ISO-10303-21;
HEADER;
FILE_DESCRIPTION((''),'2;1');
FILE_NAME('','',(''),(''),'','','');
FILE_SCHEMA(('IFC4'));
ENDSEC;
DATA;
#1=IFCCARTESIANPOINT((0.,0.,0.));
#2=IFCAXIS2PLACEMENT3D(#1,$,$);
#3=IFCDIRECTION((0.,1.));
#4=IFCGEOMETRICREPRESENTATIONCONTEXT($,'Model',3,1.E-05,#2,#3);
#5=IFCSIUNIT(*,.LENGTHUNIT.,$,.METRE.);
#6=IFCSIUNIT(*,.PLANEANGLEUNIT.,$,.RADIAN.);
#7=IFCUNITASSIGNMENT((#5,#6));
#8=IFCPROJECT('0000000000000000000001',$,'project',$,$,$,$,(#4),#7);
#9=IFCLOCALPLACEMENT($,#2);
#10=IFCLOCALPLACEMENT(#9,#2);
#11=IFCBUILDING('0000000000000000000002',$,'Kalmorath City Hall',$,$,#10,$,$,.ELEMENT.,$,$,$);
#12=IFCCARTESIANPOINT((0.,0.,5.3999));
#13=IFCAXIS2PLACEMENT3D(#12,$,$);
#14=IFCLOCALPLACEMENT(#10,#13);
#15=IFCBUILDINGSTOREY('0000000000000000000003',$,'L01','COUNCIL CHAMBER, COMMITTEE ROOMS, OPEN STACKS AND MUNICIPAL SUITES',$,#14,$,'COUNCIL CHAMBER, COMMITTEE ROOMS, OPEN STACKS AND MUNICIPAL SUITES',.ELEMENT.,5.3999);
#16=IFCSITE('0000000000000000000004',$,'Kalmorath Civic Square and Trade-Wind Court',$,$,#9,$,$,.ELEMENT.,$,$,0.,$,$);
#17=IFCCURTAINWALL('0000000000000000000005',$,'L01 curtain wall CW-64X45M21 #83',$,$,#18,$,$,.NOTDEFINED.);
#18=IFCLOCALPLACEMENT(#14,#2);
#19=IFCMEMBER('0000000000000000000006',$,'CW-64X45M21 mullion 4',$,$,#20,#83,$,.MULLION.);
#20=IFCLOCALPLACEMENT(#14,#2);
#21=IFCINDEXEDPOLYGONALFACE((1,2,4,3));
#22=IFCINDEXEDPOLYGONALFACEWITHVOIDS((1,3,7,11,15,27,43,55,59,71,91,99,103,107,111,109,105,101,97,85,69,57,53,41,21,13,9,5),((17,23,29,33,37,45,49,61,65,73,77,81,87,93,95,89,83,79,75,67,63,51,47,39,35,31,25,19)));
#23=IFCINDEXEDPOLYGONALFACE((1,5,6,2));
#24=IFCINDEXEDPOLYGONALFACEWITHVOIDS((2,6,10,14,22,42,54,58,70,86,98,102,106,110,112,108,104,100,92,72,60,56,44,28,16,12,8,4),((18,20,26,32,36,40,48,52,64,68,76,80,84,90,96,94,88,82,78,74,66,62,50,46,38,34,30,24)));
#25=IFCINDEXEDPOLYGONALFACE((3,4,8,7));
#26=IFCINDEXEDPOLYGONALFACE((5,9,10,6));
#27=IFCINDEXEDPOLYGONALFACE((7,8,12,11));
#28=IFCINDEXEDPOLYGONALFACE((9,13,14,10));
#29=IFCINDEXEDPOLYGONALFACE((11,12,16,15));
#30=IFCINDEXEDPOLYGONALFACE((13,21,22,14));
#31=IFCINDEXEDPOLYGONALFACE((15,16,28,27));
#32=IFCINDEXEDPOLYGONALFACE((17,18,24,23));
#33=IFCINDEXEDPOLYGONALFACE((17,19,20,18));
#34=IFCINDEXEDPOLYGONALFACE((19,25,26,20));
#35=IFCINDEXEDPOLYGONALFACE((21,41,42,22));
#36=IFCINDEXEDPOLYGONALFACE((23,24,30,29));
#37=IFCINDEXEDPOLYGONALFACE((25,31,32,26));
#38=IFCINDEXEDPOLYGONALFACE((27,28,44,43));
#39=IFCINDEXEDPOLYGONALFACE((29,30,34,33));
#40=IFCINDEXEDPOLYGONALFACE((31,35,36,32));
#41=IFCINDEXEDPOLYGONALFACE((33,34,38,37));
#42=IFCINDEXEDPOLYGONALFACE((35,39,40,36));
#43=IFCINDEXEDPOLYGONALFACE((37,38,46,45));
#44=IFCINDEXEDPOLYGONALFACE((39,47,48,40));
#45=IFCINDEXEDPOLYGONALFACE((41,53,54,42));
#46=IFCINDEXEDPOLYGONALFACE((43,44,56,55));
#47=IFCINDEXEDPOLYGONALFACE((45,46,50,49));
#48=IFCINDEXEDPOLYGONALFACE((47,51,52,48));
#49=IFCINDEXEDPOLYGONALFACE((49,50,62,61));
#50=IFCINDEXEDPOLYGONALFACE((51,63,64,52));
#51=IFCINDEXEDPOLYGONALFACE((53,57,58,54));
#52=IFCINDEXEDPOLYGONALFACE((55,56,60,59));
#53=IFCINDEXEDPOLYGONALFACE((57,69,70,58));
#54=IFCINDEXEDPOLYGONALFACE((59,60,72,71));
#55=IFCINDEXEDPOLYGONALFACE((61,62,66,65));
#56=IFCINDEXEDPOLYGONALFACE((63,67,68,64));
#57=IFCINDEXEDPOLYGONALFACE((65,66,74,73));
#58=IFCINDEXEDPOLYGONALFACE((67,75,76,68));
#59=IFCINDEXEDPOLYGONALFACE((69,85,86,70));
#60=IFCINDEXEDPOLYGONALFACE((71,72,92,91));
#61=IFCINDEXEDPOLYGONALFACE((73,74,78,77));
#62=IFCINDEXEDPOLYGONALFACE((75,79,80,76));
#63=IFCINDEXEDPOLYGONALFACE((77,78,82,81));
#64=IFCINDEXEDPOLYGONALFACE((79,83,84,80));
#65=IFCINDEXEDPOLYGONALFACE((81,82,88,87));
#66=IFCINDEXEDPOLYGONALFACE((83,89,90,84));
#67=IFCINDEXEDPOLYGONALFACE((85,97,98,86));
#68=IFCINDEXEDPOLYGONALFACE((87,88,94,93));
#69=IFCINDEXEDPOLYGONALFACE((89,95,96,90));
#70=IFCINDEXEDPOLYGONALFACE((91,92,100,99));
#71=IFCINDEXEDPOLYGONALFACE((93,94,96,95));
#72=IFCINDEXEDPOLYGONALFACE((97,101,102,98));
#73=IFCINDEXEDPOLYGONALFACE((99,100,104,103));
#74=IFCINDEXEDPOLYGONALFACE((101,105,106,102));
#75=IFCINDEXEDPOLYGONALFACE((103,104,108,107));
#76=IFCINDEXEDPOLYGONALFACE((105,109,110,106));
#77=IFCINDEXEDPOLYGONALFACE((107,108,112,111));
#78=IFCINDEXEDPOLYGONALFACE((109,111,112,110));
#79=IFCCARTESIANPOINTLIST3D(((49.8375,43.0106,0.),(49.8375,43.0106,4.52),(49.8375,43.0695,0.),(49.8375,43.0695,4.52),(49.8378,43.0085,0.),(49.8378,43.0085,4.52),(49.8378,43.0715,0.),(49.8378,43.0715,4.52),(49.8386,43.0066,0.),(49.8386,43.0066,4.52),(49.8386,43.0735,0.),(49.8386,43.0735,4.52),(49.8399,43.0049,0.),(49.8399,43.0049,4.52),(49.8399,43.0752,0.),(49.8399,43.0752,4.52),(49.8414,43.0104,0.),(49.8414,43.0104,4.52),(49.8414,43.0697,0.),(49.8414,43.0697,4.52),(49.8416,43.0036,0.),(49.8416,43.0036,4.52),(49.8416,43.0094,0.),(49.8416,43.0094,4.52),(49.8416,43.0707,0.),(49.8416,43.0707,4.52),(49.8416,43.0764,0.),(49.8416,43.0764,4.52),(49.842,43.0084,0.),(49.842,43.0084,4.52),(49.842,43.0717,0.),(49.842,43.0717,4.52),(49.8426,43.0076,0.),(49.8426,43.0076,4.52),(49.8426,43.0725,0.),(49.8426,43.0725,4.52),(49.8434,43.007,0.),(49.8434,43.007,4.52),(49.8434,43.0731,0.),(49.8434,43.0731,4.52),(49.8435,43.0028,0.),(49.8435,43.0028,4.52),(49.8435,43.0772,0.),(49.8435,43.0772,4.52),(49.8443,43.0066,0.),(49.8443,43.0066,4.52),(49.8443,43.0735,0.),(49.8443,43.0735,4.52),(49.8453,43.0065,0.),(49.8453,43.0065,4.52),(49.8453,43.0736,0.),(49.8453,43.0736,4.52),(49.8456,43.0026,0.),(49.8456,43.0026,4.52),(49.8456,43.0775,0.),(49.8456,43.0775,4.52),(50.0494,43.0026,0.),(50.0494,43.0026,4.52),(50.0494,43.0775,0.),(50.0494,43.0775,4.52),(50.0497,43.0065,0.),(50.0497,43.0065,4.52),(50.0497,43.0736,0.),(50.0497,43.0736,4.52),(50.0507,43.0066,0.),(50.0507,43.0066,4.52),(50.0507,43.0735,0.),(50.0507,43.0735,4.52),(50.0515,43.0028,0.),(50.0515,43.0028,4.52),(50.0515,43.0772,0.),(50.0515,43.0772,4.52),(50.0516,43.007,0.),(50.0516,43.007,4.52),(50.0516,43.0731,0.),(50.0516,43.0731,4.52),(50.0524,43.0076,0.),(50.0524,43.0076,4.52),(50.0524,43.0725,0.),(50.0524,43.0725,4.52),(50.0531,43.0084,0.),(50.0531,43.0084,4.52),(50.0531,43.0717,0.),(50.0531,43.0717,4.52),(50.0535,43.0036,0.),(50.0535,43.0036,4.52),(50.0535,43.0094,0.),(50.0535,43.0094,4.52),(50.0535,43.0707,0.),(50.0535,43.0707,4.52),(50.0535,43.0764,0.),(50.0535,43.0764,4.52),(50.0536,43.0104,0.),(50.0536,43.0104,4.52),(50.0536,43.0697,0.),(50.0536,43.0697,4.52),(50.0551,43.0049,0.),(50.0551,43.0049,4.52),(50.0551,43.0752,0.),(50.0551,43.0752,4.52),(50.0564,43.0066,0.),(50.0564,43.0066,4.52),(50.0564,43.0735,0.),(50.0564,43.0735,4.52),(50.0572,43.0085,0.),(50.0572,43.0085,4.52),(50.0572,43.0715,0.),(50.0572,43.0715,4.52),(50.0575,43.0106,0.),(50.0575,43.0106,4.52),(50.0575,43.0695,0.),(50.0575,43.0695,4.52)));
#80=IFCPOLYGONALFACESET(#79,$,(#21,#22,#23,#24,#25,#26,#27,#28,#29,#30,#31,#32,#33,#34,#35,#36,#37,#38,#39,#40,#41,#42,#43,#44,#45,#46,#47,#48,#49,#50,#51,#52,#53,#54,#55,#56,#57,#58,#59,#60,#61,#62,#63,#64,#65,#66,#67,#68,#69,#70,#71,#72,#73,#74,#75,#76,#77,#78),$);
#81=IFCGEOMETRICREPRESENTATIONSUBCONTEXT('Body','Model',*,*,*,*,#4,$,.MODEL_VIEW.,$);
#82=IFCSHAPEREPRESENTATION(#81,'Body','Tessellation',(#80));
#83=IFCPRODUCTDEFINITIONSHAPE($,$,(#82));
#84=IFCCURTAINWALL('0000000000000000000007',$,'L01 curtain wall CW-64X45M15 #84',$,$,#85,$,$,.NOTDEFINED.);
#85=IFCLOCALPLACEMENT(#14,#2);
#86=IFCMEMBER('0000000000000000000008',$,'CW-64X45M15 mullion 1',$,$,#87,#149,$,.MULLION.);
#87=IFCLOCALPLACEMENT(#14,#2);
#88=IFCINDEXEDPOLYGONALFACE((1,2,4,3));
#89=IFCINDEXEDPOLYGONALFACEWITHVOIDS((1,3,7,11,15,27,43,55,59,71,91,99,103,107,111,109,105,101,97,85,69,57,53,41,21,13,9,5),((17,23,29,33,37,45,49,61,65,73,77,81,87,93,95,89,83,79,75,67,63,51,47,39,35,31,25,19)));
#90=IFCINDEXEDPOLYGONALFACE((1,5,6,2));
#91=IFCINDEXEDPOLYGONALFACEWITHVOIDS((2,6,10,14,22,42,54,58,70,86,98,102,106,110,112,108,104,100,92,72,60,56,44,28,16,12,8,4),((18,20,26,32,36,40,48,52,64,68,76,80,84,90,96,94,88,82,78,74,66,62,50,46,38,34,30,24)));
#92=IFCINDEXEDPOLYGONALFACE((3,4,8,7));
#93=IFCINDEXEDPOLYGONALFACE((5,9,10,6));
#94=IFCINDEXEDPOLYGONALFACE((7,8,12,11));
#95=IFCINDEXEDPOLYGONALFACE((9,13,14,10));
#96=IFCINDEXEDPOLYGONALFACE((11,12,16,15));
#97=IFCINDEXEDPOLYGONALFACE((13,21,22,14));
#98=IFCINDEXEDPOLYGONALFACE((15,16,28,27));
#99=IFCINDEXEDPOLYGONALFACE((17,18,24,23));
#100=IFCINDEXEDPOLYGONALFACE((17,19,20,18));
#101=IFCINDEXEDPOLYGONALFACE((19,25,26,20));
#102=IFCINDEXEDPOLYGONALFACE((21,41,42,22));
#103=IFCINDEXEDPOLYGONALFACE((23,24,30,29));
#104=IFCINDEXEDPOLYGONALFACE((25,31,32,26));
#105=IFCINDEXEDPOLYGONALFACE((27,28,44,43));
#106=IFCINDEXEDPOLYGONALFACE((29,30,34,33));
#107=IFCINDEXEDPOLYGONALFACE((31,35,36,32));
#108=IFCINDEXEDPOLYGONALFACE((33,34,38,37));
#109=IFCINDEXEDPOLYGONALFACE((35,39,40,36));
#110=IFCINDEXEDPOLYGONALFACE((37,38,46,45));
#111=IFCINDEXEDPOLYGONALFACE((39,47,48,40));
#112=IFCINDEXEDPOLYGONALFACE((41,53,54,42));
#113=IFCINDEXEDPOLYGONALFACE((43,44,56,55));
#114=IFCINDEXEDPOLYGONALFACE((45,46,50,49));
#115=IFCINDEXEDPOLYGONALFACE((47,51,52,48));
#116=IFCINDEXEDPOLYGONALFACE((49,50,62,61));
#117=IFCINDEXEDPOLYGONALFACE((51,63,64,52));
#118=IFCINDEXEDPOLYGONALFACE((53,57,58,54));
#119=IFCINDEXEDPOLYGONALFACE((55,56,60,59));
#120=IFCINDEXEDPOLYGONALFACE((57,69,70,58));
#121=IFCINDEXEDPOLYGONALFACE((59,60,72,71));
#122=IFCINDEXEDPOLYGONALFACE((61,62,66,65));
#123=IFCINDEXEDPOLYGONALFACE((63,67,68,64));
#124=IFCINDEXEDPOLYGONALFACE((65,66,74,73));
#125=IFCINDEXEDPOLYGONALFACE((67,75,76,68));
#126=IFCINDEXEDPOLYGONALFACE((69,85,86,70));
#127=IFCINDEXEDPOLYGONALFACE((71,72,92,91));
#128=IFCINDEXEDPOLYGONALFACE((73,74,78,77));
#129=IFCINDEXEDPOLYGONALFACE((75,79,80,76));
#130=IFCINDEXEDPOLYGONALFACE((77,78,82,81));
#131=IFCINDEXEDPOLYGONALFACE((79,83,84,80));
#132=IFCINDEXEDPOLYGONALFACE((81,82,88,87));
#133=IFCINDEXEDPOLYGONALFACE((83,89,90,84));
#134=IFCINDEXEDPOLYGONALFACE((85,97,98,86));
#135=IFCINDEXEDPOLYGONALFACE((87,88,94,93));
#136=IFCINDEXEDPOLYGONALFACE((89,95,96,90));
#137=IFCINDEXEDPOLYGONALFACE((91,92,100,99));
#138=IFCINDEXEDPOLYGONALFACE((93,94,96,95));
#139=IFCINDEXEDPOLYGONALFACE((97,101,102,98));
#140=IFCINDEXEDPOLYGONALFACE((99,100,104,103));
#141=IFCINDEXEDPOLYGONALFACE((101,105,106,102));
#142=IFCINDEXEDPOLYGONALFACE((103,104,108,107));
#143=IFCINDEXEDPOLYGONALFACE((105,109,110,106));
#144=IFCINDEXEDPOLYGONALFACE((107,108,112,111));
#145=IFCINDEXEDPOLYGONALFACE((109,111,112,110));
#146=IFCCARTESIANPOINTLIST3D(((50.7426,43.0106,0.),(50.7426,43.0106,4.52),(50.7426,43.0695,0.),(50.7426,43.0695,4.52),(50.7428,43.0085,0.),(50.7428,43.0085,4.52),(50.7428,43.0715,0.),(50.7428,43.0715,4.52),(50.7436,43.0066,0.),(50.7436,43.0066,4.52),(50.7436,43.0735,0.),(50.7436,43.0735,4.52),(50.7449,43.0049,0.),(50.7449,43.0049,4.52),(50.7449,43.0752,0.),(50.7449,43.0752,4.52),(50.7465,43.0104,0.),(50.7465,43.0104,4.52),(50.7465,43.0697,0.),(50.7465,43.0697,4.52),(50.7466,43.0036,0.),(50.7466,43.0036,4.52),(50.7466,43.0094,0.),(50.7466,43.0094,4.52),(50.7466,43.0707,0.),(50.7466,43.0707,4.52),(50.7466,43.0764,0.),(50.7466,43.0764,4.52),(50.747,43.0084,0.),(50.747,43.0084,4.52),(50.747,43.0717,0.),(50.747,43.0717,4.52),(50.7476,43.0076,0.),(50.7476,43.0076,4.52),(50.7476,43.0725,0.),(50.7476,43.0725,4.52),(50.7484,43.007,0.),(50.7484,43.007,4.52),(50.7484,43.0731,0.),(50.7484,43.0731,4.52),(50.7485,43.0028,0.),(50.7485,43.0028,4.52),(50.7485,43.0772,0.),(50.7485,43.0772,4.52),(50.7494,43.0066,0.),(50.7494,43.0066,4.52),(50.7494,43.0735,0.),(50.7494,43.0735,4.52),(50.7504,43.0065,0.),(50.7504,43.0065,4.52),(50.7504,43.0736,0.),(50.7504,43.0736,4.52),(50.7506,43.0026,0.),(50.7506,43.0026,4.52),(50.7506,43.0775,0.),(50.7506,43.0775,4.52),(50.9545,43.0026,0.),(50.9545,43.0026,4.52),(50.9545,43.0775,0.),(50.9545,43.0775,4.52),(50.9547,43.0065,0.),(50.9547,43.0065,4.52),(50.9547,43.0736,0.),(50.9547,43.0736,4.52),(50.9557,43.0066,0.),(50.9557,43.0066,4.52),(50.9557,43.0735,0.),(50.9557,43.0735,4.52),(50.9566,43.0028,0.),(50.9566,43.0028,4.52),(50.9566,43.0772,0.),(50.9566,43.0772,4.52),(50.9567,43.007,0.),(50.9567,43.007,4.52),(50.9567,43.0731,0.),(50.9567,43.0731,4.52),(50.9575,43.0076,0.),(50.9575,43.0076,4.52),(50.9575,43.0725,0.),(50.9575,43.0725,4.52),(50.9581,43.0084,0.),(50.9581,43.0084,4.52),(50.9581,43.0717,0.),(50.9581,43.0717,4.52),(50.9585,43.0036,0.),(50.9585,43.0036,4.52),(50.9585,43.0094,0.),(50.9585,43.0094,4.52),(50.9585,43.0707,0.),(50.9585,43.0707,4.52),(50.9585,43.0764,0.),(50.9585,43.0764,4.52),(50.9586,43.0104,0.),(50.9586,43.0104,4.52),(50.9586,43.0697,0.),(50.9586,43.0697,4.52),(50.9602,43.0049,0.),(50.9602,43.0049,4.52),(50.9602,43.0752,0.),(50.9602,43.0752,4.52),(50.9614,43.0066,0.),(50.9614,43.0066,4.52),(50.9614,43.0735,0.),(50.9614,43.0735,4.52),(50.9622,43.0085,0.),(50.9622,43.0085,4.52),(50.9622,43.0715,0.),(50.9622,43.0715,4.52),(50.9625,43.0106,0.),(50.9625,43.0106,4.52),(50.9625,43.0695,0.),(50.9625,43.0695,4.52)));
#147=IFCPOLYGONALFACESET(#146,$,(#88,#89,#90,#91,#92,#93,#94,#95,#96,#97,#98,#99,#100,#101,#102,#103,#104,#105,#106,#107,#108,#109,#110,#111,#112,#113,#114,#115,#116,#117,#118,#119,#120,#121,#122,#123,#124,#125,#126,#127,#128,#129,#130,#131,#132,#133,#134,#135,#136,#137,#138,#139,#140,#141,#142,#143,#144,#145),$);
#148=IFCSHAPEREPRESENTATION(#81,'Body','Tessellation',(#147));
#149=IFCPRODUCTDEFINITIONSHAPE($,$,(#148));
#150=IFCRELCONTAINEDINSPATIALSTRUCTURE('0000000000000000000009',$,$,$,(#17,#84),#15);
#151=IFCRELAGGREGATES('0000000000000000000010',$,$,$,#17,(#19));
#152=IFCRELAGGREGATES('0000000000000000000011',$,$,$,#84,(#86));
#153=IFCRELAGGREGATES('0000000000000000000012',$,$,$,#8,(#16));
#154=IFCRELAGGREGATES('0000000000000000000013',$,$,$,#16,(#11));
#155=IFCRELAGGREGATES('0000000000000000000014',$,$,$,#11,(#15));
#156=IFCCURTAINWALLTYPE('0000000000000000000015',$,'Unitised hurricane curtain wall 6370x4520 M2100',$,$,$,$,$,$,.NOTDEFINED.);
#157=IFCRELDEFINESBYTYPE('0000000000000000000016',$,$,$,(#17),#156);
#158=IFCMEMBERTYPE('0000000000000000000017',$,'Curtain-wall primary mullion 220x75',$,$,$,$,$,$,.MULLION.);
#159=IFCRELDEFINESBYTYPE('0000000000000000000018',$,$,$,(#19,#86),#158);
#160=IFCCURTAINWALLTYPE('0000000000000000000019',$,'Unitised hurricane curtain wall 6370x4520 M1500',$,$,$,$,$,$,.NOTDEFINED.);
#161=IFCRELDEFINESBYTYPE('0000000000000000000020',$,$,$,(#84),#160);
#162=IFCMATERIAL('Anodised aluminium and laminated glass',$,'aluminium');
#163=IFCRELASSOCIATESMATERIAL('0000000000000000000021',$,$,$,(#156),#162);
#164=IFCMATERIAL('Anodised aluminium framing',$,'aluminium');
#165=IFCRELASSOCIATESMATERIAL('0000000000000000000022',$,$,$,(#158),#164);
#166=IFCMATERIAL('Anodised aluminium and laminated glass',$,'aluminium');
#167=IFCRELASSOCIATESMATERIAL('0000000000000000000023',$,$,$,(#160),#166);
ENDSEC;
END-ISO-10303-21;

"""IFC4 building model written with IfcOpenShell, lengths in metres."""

from ifc_helpers import new_model, si_unit, direction, frame, origin, origin_2d, place, context, subcontext, project, spatial, hollow_rectangle, extrude, material, material_profile, profile_set, type_object, element, aggregate, save


model = new_model("IFC4")

# Units and contexts
model_context = context("Model", 3, precision=1e-05, world=origin(), true_north=direction((0.0, 1.0)))
body_context = subcontext(model_context, "Body", "Model", "MODEL_VIEW")
ifc_project = project(units=[si_unit("LENGTHUNIT", "METRE"), si_unit("PLANEANGLEUNIT", "RADIAN")], contexts=[model_context])

# Site, building, storey
site_placement = place(None, origin())
site = spatial("IfcSite", under=ifc_project, at=site_placement, Name="Kalmorath Civic Square and Trade-Wind Court", CompositionType="ELEMENT", RefElevation=0.0)
building_placement = place(site_placement, origin())
building = spatial("IfcBuilding", under=site, at=building_placement, Name="Kalmorath City Hall", CompositionType="ELEMENT")
storey_placement = place(building_placement, frame((0.0, 0.0, 5.3999)))
storey = spatial("IfcBuildingStorey", under=building, at=storey_placement, Name="L01", Description="COUNCIL CHAMBER, COMMITTEE ROOMS, OPEN STACKS AND MUNICIPAL SUITES", LongName="COUNCIL CHAMBER, COMMITTEE ROOMS, OPEN STACKS AND MUNICIPAL SUITES", CompositionType="ELEMENT", Elevation=5.3999)

# Curtain wall, member
ifc_material_1 = material(Name="Anodised aluminium and laminated glass", Category="aluminium")
curtain_wall_type_1 = type_object("IfcCurtainWallType", Name="Unitised hurricane curtain wall 6370x4520 M2100", PredefinedType="NOTDEFINED", material=ifc_material_1)
curtain_wall_1_placement = place(storey_placement, origin())
curtain_wall_1 = element("IfcCurtainWall", 1, at=curtain_wall_1_placement, inside=storey, type_object=curtain_wall_type_1, Name="L01 curtain wall CW-64X45M21 #83", PredefinedType="NOTDEFINED")
ifc_material_2 = material(Name="Anodised aluminium framing", Category="aluminium")
ifc_material_profile_1 = material_profile(ifc_material_2, hollow_rectangle(XDim=0.075, YDim=0.22, WallThickness=0.0039, InnerFilletRadius=0.0039, OuterFilletRadius=0.0081, at=origin_2d()), Name="ALU-MUL-220X75X4")
ifc_profile_set_1 = profile_set([ifc_material_profile_1], Name="Anodised aluminium framing")
member_type_1 = type_object("IfcMemberType", Name="Curtain-wall primary mullion 220x75", PredefinedType="MULLION", material=ifc_profile_set_1)
member_1_placement = place(storey_placement, frame((49.9475, 43.04, 0.0), z_axis=(0.0, 0.0, 1.0), x_axis=(0.0, 1.0, 0.0)))
member_1 = element("IfcMember", 2, at=member_1_placement, type_object=member_type_1, Name="CW-64X45M21 mullion 4", PredefinedType="MULLION", context=body_context, shape_type="SweptSolid", body=[
    extrude(hollow_rectangle(XDim=0.075, YDim=0.22, WallThickness=0.0039, InnerFilletRadius=0.0039, OuterFilletRadius=0.0081, at=origin_2d()), origin(), (0.0, 0.0, 1.0), 4.52),
])

# Curtain wall, member
ifc_material_3 = material(Name="Anodised aluminium and laminated glass", Category="aluminium")
curtain_wall_type_2 = type_object("IfcCurtainWallType", Name="Unitised hurricane curtain wall 6370x4520 M1500", PredefinedType="NOTDEFINED", material=ifc_material_3)
curtain_wall_2_placement = place(storey_placement, origin())
curtain_wall_2 = element("IfcCurtainWall", 3, at=curtain_wall_2_placement, inside=storey, type_object=curtain_wall_type_2, Name="L01 curtain wall CW-64X45M15 #84", PredefinedType="NOTDEFINED")
member_2_placement = place(storey_placement, frame((50.8525, 43.04, 0.0), z_axis=(0.0, 0.0, 1.0), x_axis=(0.0, 1.0, 0.0)))
member_2 = element("IfcMember", 4, at=member_2_placement, type_object=member_type_1, Name="CW-64X45M15 mullion 1", PredefinedType="MULLION", context=body_context, shape_type="SweptSolid", body=[
    extrude(hollow_rectangle(XDim=0.075, YDim=0.22, WallThickness=0.0039, InnerFilletRadius=0.0039, OuterFilletRadius=0.0081, at=origin_2d()), origin(), (0.0, 0.0, 1.0), 4.52),
])

aggregate(curtain_wall_1, [member_1])
aggregate(curtain_wall_2, [member_2])

save(model, "model.ifc")
